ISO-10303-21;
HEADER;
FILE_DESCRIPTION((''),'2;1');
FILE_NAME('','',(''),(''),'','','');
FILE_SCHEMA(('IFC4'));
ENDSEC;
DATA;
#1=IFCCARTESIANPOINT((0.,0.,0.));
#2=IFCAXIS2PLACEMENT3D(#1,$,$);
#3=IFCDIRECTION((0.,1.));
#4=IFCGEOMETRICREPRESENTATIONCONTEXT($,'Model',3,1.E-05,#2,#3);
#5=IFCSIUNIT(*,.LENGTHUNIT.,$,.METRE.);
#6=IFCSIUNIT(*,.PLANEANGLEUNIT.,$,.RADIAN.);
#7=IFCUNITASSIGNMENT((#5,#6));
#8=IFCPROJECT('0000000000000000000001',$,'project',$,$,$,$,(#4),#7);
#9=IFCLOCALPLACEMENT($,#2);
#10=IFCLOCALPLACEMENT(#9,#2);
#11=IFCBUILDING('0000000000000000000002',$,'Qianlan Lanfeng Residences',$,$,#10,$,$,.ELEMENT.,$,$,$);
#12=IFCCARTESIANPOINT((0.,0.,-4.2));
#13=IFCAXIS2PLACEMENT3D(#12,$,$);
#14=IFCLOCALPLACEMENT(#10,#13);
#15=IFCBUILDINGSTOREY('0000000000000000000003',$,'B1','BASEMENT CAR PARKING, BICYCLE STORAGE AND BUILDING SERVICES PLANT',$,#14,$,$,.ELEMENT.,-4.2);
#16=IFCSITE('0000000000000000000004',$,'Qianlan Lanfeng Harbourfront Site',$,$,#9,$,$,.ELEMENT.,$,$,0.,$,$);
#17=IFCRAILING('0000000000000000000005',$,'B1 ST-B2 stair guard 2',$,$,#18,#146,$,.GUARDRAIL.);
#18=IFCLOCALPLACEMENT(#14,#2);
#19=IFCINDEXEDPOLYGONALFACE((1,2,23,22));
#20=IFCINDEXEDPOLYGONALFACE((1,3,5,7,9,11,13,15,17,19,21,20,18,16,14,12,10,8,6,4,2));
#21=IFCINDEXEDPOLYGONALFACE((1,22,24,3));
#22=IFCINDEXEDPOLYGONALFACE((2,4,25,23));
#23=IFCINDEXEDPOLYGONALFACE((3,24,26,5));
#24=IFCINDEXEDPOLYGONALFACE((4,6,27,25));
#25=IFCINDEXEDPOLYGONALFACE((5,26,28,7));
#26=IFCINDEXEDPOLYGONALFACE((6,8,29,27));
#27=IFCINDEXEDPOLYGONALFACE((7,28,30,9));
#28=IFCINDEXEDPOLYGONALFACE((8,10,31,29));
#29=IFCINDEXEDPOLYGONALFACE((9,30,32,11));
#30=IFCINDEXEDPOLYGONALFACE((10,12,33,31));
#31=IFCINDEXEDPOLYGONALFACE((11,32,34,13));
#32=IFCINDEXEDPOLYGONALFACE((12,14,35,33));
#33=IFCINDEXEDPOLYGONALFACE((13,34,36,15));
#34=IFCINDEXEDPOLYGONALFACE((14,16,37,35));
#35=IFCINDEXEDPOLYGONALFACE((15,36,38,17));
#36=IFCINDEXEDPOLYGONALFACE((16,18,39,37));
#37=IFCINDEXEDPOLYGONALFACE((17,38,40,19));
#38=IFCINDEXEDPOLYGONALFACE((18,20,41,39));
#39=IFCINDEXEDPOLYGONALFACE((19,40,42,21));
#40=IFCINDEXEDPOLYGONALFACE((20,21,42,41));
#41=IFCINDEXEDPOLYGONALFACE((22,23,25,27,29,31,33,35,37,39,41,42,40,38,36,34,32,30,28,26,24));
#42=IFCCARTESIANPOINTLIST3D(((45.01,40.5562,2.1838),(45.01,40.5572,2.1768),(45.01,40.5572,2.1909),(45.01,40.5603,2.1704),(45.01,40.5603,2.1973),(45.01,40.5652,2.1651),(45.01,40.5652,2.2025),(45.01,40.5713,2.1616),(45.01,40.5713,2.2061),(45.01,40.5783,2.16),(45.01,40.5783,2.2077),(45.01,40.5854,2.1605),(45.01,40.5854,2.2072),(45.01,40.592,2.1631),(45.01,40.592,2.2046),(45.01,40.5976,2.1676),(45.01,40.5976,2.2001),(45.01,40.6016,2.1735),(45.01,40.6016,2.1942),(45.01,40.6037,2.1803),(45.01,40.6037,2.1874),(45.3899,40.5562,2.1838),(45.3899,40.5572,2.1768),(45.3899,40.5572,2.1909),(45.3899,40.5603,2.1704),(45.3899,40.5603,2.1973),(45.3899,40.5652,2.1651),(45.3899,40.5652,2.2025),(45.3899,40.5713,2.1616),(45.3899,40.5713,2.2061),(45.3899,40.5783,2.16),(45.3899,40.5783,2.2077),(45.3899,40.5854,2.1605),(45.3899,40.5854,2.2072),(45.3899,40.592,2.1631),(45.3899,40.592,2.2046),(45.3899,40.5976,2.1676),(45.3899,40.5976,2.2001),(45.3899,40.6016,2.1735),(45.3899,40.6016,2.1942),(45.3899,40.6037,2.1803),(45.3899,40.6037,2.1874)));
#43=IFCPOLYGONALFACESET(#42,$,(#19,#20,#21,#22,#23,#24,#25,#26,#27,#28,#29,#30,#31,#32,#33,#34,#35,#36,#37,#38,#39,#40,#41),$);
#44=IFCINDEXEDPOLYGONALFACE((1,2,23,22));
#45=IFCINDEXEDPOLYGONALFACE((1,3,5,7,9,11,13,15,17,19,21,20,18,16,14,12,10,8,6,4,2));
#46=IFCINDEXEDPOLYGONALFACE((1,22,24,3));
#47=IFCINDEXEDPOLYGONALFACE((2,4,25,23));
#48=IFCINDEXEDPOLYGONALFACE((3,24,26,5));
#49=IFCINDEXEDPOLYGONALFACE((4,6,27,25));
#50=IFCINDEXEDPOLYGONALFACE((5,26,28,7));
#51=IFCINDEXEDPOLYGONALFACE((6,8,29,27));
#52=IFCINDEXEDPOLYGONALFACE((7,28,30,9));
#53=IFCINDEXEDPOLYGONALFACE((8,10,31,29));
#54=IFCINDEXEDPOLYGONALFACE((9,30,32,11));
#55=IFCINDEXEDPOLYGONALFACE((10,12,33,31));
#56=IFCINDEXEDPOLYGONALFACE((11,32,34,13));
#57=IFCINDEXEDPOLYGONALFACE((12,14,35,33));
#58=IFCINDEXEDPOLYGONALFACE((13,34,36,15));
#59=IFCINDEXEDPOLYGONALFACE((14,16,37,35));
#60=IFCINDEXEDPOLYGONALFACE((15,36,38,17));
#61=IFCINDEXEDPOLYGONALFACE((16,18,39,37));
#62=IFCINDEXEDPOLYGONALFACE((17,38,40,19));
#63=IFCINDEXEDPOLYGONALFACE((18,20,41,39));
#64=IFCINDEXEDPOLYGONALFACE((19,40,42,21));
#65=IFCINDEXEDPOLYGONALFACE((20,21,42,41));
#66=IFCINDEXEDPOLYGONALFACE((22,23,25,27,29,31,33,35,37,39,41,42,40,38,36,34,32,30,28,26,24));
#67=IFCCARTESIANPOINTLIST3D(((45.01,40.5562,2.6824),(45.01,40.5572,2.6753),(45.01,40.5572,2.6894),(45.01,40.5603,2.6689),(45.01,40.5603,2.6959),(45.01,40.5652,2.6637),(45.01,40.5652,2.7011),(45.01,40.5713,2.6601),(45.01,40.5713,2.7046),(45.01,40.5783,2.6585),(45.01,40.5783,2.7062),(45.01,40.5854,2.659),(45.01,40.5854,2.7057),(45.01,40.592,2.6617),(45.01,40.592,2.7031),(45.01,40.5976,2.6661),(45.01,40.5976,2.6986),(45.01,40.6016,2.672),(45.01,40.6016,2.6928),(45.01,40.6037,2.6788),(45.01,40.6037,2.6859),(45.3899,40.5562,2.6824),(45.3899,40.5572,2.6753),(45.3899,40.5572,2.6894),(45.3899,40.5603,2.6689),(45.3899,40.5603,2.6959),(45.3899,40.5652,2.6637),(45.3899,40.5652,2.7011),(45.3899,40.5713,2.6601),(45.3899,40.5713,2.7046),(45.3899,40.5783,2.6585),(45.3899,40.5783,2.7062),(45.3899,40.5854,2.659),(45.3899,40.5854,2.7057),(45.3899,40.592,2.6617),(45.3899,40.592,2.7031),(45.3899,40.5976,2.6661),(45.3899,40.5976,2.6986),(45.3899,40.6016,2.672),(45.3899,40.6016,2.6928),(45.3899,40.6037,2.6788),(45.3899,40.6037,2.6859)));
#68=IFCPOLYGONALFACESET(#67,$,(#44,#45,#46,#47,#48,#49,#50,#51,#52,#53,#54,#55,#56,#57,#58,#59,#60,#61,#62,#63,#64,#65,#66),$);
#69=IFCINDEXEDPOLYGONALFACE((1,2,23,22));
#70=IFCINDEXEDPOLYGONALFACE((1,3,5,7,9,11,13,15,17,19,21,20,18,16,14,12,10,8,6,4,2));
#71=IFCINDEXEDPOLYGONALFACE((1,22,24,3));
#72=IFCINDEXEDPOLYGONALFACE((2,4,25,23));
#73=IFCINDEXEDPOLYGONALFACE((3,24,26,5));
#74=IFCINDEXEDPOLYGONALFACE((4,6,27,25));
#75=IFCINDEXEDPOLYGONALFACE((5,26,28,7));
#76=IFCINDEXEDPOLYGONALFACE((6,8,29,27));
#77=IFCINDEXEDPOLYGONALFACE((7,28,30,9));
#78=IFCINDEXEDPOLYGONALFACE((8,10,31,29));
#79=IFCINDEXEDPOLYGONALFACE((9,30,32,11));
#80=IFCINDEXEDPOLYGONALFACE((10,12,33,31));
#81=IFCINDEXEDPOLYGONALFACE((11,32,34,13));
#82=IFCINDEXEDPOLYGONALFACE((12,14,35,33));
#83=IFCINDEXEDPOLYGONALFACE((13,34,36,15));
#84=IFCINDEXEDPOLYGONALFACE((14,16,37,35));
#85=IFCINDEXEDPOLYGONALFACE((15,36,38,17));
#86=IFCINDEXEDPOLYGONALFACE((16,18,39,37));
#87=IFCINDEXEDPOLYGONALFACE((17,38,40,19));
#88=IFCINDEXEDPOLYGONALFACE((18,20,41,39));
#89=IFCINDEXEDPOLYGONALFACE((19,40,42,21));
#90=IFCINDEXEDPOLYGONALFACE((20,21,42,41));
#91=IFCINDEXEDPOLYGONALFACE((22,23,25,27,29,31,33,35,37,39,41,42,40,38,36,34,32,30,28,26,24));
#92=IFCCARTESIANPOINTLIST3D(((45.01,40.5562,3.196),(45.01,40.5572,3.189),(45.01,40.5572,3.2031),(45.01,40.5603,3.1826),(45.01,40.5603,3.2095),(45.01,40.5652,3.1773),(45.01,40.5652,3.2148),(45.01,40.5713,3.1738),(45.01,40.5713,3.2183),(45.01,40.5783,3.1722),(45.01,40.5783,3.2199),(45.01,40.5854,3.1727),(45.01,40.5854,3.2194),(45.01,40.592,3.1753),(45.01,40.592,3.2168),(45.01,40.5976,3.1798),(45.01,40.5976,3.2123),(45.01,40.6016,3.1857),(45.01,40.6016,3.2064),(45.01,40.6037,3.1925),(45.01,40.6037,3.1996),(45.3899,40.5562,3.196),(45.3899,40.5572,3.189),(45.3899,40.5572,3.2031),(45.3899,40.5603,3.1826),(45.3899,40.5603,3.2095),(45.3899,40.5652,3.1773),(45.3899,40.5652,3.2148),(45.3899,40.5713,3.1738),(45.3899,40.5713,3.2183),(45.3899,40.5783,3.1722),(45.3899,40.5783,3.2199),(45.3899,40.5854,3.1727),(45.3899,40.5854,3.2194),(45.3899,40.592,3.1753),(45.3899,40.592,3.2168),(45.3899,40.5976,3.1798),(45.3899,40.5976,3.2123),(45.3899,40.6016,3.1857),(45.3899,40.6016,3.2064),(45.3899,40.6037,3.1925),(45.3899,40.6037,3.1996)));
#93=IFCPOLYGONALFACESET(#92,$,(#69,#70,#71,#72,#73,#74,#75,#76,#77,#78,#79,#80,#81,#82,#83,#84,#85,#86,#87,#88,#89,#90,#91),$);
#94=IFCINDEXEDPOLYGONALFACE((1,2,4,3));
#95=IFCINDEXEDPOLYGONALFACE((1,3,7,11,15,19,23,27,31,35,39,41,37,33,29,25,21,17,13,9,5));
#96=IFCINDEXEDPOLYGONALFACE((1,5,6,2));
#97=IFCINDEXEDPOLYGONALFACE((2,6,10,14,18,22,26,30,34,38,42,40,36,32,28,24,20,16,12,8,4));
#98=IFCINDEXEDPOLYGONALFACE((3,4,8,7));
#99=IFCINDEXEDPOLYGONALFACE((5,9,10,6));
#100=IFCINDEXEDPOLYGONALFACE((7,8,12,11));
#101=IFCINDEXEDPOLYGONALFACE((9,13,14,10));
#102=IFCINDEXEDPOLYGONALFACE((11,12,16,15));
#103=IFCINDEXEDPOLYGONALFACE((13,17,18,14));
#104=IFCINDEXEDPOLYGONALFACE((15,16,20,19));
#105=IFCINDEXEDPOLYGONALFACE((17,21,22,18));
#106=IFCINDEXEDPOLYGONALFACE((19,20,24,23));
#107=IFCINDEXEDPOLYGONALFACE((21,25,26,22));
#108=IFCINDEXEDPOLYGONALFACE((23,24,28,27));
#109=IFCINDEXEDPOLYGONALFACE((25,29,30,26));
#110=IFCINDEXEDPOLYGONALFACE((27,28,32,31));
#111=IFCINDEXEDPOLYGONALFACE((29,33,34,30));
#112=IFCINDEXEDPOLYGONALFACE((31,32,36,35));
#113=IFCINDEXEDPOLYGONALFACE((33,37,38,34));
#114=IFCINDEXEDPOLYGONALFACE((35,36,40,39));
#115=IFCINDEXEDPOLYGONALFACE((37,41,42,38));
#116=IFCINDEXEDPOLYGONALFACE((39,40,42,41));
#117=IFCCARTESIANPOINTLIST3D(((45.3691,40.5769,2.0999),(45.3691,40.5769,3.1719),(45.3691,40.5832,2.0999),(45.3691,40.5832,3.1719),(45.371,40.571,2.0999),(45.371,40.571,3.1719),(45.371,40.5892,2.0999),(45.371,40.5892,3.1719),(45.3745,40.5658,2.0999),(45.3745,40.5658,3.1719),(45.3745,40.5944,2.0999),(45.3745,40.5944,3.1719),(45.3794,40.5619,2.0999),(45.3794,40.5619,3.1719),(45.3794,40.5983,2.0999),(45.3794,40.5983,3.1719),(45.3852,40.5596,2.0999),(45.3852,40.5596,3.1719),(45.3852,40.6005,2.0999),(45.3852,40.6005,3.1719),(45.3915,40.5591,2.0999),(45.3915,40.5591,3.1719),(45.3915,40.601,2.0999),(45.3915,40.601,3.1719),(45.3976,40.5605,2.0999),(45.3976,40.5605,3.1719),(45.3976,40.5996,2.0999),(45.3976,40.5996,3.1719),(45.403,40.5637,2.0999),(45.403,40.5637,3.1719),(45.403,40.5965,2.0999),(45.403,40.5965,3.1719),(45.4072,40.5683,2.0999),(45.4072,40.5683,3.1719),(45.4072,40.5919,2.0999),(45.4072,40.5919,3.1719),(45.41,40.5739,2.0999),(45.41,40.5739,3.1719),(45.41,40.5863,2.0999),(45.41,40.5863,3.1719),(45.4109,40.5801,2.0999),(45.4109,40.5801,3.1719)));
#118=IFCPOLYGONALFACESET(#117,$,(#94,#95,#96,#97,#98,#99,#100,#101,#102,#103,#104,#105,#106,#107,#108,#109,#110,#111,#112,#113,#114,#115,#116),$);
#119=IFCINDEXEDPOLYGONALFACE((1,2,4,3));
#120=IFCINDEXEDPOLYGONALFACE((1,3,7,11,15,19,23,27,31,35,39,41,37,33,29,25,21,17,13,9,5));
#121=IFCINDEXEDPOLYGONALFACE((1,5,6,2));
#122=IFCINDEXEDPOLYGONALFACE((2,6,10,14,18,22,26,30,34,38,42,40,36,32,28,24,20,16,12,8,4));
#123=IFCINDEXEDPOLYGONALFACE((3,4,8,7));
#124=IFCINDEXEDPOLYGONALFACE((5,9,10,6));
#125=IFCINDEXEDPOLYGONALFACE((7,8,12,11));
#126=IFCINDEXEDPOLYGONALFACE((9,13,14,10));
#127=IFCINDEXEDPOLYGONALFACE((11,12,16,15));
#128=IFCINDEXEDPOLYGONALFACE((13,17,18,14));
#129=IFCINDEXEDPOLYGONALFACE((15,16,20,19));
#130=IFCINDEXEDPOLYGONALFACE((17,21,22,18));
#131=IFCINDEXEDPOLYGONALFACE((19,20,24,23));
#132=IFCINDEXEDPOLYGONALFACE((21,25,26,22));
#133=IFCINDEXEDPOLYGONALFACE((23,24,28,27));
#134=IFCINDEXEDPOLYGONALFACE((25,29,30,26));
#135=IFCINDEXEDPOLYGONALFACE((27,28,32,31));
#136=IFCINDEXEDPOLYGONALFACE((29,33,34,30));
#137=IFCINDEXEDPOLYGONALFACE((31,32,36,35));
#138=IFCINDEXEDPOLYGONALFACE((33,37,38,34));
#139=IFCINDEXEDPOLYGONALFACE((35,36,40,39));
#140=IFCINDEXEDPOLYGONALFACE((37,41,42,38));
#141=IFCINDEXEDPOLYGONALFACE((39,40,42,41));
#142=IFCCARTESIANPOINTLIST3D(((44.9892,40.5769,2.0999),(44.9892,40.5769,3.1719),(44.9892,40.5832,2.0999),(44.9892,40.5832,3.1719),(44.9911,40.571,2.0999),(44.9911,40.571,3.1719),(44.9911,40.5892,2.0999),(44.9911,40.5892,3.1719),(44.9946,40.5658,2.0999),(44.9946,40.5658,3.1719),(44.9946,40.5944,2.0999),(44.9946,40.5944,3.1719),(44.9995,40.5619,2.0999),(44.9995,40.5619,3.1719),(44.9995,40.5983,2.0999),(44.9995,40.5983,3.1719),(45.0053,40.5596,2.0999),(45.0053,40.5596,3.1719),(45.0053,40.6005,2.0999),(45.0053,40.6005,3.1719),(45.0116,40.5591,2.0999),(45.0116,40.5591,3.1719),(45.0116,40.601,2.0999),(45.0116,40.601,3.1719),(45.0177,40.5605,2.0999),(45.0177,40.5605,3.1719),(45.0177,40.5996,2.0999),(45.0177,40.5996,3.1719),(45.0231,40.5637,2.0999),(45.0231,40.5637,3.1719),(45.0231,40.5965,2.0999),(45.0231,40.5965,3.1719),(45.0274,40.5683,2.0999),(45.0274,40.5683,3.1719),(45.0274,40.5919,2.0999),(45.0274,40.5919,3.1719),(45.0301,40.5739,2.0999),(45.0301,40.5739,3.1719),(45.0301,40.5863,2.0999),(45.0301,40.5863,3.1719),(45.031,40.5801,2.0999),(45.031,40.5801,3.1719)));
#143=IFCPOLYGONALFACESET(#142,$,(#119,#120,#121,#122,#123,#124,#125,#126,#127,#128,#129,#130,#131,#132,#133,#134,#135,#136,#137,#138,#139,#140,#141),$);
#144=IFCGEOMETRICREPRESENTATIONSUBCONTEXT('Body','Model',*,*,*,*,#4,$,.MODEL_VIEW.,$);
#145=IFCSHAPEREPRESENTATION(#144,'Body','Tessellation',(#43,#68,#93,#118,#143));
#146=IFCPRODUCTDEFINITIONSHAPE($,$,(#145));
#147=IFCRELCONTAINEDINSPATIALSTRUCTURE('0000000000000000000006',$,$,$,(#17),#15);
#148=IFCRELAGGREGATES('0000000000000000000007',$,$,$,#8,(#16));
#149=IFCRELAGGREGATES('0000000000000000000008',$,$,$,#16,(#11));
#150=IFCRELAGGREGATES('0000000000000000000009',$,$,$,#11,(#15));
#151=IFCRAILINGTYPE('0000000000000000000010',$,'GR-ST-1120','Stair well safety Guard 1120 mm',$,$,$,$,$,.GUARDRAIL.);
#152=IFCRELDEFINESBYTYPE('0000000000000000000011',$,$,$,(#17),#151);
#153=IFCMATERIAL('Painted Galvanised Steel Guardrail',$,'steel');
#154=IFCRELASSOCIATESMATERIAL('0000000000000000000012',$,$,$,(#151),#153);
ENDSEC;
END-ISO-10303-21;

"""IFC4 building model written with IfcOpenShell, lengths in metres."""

from ifc_helpers import new_model, si_unit, direction, frame, origin, origin_2d, place, context, subcontext, project, spatial, circle, extrude, material, type_object, element, save


model = new_model("IFC4")

# Units and contexts
model_context = context("Model", 3, precision=1e-05, world=origin(), true_north=direction((0.0, 1.0)))
body_context = subcontext(model_context, "Body", "Model", "MODEL_VIEW")
ifc_project = project(units=[si_unit("LENGTHUNIT", "METRE"), si_unit("PLANEANGLEUNIT", "RADIAN")], contexts=[model_context])

# Site, building, storey
site_placement = place(None, origin())
site = spatial("IfcSite", under=ifc_project, at=site_placement, Name="Qianlan Lanfeng Harbourfront Site", CompositionType="ELEMENT", RefElevation=0.0)
building_placement = place(site_placement, origin())
building = spatial("IfcBuilding", under=site, at=building_placement, Name="Qianlan Lanfeng Residences", CompositionType="ELEMENT")
storey_placement = place(building_placement, frame((0.0, 0.0, -4.2)))
storey = spatial("IfcBuildingStorey", under=building, at=storey_placement, Name="B1", Description="BASEMENT CAR PARKING, BICYCLE STORAGE AND BUILDING SERVICES PLANT", CompositionType="ELEMENT", Elevation=-4.2)

# Railing
ifc_material_1 = material(Name="Painted Galvanised Steel Guardrail", Category="steel")
railing_type_1 = type_object("IfcRailingType", Name="GR-ST-1120", Description="Stair well safety Guard 1120 mm", PredefinedType="GUARDRAIL", material=ifc_material_1)
railing_1_placement = place(storey_placement, frame((45.3899, 40.5801, 2.0999)))
element("IfcRailing", 1, at=railing_1_placement, inside=storey, type_object=railing_type_1, Name="B1 ST-B2 stair guard 2", PredefinedType="GUARDRAIL", context=body_context, shape_type="SweptSolid", body=[
    extrude(circle(Radius=0.0239, at=origin_2d()), frame((0.0, 0.0, 0.084), z_axis=(-1.0, 0.0, 0.0), x_axis=(0.0, -1.0, 0.0)), (0.0, 0.0, 1.0), 0.3799),
    extrude(circle(Radius=0.0239, at=origin_2d()), frame((0.0, 0.0, 0.5825), z_axis=(-1.0, 0.0, 0.0), x_axis=(0.0, -1.0, 0.0)), (0.0, 0.0, 1.0), 0.3799),
    extrude(circle(Radius=0.0239, at=origin_2d()), frame((0.0, 0.0, 1.0962), z_axis=(-1.0, 0.0, 0.0), x_axis=(0.0, -1.0, 0.0)), (0.0, 0.0, 1.0), 0.3799),
    extrude(circle(Radius=0.021, at=origin_2d()), origin(), (0.0, 0.0, 1.0), 1.072),
    extrude(circle(Radius=0.021, at=origin_2d()), frame((-0.3799, 0.0, 0.0)), (0.0, 0.0, 1.0), 1.072),
])

save(model, "model.ifc")
